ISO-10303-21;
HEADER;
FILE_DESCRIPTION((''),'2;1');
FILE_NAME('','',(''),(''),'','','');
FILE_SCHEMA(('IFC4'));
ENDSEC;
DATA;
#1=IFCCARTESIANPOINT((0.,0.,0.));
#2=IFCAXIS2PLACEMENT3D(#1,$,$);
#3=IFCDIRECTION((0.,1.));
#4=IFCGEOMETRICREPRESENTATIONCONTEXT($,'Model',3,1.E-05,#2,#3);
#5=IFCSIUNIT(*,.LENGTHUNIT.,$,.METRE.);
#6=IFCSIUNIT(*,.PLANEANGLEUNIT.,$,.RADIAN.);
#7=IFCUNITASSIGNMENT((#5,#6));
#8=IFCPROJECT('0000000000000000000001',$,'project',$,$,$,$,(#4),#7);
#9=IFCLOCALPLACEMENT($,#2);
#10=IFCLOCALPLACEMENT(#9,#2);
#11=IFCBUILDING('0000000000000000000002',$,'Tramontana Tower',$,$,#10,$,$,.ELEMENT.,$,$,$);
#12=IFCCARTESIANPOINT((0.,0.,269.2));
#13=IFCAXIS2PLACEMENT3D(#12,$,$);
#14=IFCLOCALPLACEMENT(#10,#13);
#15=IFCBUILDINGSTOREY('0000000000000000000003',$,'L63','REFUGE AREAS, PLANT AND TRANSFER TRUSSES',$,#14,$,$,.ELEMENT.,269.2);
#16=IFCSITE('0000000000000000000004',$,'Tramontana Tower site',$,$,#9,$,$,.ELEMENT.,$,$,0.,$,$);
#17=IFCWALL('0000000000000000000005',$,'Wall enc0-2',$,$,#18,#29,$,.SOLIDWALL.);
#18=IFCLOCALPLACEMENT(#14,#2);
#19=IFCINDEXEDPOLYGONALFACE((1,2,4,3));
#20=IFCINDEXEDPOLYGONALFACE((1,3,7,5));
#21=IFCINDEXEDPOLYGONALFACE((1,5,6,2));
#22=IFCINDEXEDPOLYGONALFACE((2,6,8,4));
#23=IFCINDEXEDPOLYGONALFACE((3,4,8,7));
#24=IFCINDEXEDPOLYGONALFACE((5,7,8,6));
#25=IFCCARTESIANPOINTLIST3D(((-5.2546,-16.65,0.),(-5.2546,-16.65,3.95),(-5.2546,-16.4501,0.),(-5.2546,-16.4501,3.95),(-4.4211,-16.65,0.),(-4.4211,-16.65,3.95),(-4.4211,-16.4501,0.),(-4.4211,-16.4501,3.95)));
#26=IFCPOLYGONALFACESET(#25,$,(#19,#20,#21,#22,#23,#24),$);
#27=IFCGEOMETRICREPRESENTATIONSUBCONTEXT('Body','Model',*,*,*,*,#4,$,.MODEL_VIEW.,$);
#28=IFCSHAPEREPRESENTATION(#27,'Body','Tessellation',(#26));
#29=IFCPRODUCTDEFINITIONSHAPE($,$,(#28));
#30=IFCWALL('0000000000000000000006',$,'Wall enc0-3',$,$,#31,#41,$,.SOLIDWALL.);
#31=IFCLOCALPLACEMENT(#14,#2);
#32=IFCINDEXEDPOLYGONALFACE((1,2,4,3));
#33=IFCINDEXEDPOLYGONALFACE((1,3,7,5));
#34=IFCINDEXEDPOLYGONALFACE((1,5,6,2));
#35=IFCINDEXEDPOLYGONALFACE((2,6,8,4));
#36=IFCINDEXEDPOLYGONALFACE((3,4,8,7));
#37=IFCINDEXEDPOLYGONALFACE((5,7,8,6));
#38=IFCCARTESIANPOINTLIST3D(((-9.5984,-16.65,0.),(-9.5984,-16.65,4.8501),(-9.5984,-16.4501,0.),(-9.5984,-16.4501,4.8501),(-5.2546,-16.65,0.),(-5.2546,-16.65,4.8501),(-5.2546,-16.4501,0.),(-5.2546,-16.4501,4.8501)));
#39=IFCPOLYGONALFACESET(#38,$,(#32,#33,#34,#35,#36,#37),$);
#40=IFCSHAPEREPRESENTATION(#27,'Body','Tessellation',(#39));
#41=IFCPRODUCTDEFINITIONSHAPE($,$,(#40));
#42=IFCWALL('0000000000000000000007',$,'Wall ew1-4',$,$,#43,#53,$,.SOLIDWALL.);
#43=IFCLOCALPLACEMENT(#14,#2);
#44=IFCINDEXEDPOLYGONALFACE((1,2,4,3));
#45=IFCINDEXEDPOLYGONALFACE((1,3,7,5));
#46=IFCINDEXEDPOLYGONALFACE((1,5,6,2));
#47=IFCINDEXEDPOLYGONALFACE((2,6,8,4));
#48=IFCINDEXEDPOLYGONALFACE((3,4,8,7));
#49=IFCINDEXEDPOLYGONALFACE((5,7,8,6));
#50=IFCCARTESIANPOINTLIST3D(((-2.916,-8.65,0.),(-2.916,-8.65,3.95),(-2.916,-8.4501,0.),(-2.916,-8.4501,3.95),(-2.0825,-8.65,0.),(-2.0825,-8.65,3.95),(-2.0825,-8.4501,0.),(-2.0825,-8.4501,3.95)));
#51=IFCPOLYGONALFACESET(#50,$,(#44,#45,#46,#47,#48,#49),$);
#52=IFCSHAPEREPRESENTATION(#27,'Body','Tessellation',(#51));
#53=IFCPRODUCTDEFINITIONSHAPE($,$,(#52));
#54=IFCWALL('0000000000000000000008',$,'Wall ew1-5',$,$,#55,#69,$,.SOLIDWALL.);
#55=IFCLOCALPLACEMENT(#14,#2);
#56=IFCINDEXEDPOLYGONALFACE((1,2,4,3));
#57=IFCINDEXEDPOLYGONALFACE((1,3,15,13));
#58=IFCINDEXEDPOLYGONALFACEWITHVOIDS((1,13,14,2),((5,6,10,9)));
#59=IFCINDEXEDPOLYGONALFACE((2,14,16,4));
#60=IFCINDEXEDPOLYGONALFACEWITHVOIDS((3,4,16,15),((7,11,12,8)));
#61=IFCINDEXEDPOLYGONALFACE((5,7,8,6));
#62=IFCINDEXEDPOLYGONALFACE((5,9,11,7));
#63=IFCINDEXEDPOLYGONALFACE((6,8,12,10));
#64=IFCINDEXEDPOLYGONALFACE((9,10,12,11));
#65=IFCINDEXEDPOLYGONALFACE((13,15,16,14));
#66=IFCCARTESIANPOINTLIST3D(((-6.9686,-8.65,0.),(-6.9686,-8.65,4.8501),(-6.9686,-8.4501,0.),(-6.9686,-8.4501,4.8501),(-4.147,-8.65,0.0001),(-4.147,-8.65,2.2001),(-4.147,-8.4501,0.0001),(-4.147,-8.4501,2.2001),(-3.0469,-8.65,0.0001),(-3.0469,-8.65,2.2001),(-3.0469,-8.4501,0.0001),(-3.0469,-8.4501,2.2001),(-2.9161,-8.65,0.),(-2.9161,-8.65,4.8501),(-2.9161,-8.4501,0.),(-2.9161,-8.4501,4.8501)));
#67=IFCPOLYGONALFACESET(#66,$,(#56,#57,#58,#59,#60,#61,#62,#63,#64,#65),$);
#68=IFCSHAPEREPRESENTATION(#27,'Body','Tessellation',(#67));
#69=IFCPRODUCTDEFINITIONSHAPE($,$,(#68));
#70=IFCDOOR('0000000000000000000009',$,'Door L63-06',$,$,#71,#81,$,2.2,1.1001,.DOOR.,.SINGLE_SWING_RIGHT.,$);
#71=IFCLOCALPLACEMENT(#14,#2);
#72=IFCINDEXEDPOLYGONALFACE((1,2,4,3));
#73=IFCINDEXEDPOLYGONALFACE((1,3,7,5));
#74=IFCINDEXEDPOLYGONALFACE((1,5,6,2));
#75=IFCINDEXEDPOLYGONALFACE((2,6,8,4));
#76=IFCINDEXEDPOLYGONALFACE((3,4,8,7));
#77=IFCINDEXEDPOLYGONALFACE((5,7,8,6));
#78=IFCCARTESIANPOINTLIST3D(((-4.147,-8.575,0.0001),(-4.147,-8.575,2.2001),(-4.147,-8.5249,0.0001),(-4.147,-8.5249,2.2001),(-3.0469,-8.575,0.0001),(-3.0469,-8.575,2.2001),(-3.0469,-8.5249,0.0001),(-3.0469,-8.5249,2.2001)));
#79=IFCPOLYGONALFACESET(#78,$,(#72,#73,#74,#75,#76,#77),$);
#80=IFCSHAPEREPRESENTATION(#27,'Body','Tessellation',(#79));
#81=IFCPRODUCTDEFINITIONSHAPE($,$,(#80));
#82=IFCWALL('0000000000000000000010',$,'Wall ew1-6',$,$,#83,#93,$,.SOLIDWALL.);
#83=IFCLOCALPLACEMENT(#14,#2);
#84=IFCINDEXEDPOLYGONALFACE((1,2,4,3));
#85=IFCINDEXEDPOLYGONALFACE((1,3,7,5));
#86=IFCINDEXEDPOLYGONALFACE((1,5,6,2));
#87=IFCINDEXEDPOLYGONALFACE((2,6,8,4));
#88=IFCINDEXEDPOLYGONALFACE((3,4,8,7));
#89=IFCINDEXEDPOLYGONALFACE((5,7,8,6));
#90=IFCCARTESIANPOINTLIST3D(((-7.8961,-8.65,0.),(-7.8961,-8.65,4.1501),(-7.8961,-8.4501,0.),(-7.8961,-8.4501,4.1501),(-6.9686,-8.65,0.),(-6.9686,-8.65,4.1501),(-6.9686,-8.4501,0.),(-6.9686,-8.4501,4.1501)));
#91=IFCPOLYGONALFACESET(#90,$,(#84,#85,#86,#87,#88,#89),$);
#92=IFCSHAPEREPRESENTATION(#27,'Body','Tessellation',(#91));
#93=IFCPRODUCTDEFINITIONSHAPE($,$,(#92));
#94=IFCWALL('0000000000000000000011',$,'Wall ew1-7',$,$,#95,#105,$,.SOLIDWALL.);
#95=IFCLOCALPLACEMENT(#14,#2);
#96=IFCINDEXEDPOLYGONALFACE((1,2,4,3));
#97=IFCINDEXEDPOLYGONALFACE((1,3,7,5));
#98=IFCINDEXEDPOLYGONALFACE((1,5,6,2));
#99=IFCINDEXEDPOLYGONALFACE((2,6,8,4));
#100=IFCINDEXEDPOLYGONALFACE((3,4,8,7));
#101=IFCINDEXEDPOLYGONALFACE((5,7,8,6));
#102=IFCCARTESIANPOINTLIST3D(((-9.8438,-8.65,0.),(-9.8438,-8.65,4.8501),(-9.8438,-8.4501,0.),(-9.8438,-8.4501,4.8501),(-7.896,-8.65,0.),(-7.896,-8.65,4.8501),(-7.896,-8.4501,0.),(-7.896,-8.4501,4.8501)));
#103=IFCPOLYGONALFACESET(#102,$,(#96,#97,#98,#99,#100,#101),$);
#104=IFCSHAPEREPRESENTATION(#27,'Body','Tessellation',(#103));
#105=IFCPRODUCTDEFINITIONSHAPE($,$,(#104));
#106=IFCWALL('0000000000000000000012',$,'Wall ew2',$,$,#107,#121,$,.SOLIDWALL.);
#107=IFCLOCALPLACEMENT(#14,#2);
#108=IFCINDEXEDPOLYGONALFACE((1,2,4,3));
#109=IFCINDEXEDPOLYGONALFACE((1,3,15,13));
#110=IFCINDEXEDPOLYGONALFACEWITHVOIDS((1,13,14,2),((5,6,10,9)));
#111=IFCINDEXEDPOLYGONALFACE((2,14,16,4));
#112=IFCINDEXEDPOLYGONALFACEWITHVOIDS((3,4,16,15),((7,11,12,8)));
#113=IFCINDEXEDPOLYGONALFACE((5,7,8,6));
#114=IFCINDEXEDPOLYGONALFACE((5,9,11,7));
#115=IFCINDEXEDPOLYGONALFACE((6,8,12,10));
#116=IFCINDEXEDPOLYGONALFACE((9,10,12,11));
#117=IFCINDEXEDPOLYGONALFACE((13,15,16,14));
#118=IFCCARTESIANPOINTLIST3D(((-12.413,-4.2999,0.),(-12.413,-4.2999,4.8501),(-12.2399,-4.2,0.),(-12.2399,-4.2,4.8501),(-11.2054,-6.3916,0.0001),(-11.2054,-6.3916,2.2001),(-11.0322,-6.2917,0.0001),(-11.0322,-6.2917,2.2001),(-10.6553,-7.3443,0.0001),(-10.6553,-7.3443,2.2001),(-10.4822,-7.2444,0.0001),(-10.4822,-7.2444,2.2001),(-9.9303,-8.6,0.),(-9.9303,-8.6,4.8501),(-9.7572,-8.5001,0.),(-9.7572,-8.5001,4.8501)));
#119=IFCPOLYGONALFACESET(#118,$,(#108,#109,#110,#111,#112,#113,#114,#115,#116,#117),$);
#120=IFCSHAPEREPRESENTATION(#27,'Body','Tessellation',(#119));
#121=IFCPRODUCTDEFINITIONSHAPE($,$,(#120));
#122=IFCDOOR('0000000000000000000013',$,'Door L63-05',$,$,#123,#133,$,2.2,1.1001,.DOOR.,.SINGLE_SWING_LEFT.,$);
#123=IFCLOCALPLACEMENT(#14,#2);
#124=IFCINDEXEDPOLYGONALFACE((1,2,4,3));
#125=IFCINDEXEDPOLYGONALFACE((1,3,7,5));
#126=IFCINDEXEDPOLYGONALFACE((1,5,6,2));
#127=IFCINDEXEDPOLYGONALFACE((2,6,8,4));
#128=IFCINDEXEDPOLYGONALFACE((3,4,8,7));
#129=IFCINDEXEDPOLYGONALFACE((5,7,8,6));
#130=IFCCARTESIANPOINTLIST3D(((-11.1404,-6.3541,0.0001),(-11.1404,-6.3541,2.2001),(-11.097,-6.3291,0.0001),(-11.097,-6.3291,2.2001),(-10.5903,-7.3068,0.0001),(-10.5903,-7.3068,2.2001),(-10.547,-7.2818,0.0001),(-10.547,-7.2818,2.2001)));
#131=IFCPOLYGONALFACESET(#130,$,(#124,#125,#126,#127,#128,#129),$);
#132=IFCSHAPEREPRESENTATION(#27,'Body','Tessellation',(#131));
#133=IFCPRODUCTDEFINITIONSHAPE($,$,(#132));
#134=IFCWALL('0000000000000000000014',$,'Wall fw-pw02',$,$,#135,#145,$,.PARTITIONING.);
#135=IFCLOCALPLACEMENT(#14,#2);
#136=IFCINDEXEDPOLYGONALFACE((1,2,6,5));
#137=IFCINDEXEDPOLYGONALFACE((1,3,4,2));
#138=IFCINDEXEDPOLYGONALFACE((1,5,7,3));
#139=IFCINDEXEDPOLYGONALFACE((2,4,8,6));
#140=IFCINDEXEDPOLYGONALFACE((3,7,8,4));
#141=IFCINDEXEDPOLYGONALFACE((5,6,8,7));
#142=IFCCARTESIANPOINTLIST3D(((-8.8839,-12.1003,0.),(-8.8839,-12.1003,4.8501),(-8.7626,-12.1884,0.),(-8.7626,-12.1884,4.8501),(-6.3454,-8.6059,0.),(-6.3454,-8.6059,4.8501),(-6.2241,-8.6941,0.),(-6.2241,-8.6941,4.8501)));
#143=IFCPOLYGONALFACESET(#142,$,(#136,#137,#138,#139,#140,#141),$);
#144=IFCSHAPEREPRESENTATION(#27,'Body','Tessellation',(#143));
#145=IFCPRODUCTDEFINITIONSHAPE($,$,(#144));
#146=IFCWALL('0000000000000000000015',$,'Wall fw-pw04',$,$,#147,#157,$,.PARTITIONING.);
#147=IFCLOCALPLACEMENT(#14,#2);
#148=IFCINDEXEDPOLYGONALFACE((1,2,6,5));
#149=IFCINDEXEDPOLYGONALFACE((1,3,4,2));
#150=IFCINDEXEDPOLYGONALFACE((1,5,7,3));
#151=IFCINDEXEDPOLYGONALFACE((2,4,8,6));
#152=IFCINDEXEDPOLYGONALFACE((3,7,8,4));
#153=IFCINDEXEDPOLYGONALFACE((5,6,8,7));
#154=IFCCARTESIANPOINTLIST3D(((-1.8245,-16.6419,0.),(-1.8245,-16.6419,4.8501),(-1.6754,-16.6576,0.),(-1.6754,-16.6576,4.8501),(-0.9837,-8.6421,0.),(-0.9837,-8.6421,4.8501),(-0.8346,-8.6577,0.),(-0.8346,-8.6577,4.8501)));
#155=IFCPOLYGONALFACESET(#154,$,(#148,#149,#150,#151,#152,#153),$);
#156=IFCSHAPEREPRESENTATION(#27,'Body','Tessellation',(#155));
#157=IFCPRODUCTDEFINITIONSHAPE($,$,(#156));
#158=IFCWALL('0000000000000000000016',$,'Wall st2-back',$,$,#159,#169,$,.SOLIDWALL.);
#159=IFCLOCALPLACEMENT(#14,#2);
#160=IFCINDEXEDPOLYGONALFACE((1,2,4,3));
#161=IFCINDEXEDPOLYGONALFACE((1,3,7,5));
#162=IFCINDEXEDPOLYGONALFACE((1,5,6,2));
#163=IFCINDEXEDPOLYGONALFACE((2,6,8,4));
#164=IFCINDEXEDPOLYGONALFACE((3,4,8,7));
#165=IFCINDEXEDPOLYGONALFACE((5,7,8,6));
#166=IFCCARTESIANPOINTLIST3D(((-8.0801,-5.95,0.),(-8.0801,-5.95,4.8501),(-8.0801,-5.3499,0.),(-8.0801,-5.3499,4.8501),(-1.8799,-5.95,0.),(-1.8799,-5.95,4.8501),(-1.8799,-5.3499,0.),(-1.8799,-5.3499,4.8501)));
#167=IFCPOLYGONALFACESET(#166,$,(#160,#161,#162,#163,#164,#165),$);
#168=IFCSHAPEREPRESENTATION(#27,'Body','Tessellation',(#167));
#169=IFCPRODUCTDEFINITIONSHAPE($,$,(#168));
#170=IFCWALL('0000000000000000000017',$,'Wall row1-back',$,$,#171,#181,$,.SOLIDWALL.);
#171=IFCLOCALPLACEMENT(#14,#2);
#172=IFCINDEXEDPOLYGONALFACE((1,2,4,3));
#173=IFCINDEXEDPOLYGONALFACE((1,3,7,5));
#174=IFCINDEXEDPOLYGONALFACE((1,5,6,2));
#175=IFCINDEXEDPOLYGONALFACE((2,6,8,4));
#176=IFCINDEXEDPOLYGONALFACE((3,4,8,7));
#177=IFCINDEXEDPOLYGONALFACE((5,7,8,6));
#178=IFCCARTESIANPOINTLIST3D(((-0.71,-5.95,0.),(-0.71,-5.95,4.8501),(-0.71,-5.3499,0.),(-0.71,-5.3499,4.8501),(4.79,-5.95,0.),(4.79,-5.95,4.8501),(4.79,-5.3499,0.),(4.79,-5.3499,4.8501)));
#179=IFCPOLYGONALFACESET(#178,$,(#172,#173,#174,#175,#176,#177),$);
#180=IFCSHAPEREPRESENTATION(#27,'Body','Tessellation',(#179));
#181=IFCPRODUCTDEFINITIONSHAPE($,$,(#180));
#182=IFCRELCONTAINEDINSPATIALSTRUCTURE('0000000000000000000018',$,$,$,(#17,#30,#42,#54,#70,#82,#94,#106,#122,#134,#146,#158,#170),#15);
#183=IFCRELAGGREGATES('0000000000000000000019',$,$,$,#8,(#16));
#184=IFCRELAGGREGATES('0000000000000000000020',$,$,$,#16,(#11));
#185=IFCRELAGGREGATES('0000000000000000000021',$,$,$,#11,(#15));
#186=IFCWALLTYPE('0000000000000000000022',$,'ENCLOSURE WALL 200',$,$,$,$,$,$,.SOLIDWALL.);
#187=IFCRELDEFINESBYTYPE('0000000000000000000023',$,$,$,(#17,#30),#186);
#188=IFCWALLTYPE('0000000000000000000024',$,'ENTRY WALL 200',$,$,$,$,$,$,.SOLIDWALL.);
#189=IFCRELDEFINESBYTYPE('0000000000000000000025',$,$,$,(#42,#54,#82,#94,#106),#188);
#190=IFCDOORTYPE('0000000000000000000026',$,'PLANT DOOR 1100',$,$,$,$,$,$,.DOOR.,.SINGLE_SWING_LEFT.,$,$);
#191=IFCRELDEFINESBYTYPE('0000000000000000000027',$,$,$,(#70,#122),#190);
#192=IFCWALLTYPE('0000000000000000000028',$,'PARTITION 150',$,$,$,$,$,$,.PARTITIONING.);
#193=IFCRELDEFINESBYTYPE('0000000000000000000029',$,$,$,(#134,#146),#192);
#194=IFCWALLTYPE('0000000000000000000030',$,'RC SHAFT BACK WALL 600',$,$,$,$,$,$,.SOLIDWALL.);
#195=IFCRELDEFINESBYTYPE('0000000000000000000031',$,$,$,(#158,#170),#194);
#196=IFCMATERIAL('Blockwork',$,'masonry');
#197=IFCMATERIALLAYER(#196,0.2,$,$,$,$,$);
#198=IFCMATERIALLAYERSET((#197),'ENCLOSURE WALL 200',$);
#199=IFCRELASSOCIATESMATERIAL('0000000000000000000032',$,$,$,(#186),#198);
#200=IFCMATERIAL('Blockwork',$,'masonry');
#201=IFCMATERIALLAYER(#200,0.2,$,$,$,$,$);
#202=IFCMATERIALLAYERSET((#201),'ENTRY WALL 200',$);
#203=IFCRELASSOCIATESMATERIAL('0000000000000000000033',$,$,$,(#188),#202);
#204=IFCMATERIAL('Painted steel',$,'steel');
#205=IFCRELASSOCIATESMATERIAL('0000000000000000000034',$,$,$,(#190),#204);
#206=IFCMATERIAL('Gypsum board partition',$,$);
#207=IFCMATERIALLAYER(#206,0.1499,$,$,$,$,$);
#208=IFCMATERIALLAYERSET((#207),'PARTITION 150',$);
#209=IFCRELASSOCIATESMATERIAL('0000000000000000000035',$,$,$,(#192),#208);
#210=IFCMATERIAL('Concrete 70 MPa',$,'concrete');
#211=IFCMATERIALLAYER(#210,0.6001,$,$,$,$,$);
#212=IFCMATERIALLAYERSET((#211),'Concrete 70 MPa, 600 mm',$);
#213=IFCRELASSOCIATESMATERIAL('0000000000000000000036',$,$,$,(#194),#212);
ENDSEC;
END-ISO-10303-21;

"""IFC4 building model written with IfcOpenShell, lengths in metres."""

from ifc_helpers import new_model, si_unit, direction, frame, frame_2d, origin, place, context, subcontext, project, spatial, rectangle, extrude, material, layer, layer_set, type_object, element, fill, save


model = new_model("IFC4")

# Units and contexts
model_context = context("Model", 3, precision=1e-05, world=origin(), true_north=direction((0.0, 1.0)))
body_context = subcontext(model_context, "Body", "Model", "MODEL_VIEW")
ifc_project = project(units=[si_unit("LENGTHUNIT", "METRE"), si_unit("PLANEANGLEUNIT", "RADIAN")], contexts=[model_context])

# Site, building, storey
site_placement = place(None, origin())
site = spatial("IfcSite", under=ifc_project, at=site_placement, Name="Tramontana Tower site", CompositionType="ELEMENT", RefElevation=0.0)
building_placement = place(site_placement, origin())
building = spatial("IfcBuilding", under=site, at=building_placement, Name="Tramontana Tower", CompositionType="ELEMENT")
storey_placement = place(building_placement, frame((0.0, 0.0, 269.2)))
storey = spatial("IfcBuildingStorey", under=building, at=storey_placement, Name="L63", Description="REFUGE AREAS, PLANT AND TRANSFER TRUSSES", CompositionType="ELEMENT", Elevation=269.2)

# Walls
ifc_material_1 = material(Name="Blockwork", Category="masonry")
ifc_layer_1 = layer(ifc_material_1, 0.2)
ifc_layer_set_1 = layer_set([ifc_layer_1], Name="ENCLOSURE WALL 200")
wall_type_1 = type_object("IfcWallType", Name="ENCLOSURE WALL 200", PredefinedType="SOLIDWALL", material=ifc_layer_set_1)
wall_1_placement = place(storey_placement, frame((-4.4211, -16.55, 0.0), z_axis=(0.0, 0.0, 1.0), x_axis=(-1.0, 0.0, 0.0)))
element("IfcWall", 1, at=wall_1_placement, inside=storey, type_object=wall_type_1, Name="Wall enc0-2", PredefinedType="SOLIDWALL", context=body_context, shape_type="SweptSolid", body=[
    extrude(rectangle(XDim=0.8335, YDim=0.2, at=frame_2d((0.4167, 0.0))), origin(), (0.0, 0.0, 1.0), 3.95),
])
wall_2_placement = place(storey_placement, frame((-5.2546, -16.55, 0.0), z_axis=(0.0, 0.0, 1.0), x_axis=(-1.0, 0.0, 0.0)))
element("IfcWall", 2, at=wall_2_placement, inside=storey, type_object=wall_type_1, Name="Wall enc0-3", PredefinedType="SOLIDWALL", context=body_context, shape_type="SweptSolid", body=[
    extrude(rectangle(XDim=4.3438, YDim=0.2, at=frame_2d((2.1719, 0.0))), origin(), (0.0, 0.0, 1.0), 4.8501),
])
ifc_material_2 = material(Name="Blockwork", Category="masonry")
ifc_layer_2 = layer(ifc_material_2, 0.2)
ifc_layer_set_2 = layer_set([ifc_layer_2], Name="ENTRY WALL 200")
wall_type_2 = type_object("IfcWallType", Name="ENTRY WALL 200", PredefinedType="SOLIDWALL", material=ifc_layer_set_2)
wall_3_placement = place(storey_placement, frame((-2.0825, -8.55, 0.0), z_axis=(0.0, 0.0, 1.0), x_axis=(-1.0, 0.0, 0.0)))
element("IfcWall", 3, at=wall_3_placement, inside=storey, type_object=wall_type_2, Name="Wall ew1-4", PredefinedType="SOLIDWALL", context=body_context, shape_type="SweptSolid", body=[
    extrude(rectangle(XDim=0.8335, YDim=0.2, at=frame_2d((0.4167, 0.0))), origin(), (0.0, 0.0, 1.0), 3.95),
])

# Wall, opening, door
wall_4_placement = place(storey_placement, frame((-2.916, -8.55, 0.0), z_axis=(0.0, 0.0, 1.0), x_axis=(-1.0, 0.0, 0.0)))
wall_4 = element("IfcWall", 4, at=wall_4_placement, inside=storey, type_object=wall_type_2, Name="Wall ew1-5", PredefinedType="SOLIDWALL", context=body_context, shape_type="SweptSolid", body=[
    extrude(rectangle(XDim=4.0525, YDim=0.2, at=frame_2d((2.0264, 0.0))), origin(), (0.0, 0.0, 1.0), 4.8501),
])
opening_1_placement = place(wall_4_placement, frame((0.1309, 0.0, 0.0)))
opening_1 = element("IfcOpeningElement", 5, at=opening_1_placement, cuts=wall_4, PredefinedType="OPENING", context=body_context, shape_type="SweptSolid", body=[
    extrude(rectangle(XDim=1.1001, YDim=2.2, at=frame_2d((0.55, 1.1001))), frame((0.0, 0.1099, 0.0), z_axis=(0.0, -1.0, 0.0), x_axis=(1.0, 0.0, 0.0)), (0.0, 0.0, 1.0), 0.22),
])
ifc_material_3 = material(Name="Painted steel", Category="steel")
door_type_1 = type_object("IfcDoorType", Name="PLANT DOOR 1100", OperationType="SINGLE_SWING_LEFT", PredefinedType="DOOR", material=ifc_material_3)
door_1_placement = place(opening_1_placement, origin())
door_1 = element("IfcDoor", 6, at=door_1_placement, inside=storey, type_object=door_type_1, Name="Door L63-06", OperationType="SINGLE_SWING_RIGHT", OverallHeight=2.2, OverallWidth=1.1001, PredefinedType="DOOR", context=body_context, shape_type="SweptSolid", body=[
    extrude(rectangle(XDim=1.1001, YDim=2.2, at=frame_2d((0.55, 1.1001))), frame((0.0, 0.0249, 0.0), z_axis=(0.0, -1.0, 0.0), x_axis=(1.0, 0.0, 0.0)), (0.0, 0.0, 1.0), 0.05),
])
fill(opening_1, door_1)

# Walls
wall_5_placement = place(storey_placement, frame((-6.9685, -8.55, 0.0), z_axis=(0.0, 0.0, 1.0), x_axis=(-1.0, 0.0, 0.0)))
element("IfcWall", 7, at=wall_5_placement, inside=storey, type_object=wall_type_2, Name="Wall ew1-6", PredefinedType="SOLIDWALL", context=body_context, shape_type="SweptSolid", body=[
    extrude(rectangle(XDim=0.9275, YDim=0.2, at=frame_2d((0.4639, 0.0))), origin(), (0.0, 0.0, 1.0), 4.1501),
])
wall_6_placement = place(storey_placement, frame((-7.896, -8.55, 0.0), z_axis=(0.0, 0.0, 1.0), x_axis=(-1.0, 0.0, 0.0)))
element("IfcWall", 8, at=wall_6_placement, inside=storey, type_object=wall_type_2, Name="Wall ew1-7", PredefinedType="SOLIDWALL", context=body_context, shape_type="SweptSolid", body=[
    extrude(rectangle(XDim=1.9478, YDim=0.2, at=frame_2d((0.9739, 0.0))), origin(), (0.0, 0.0, 1.0), 4.8501),
])

# Wall, opening, door
wall_7_placement = place(storey_placement, frame((-9.8438, -8.55, 0.0), z_axis=(0.0, 0.0, 1.0), x_axis=(-0.500005, 0.866023, 0.0)))
wall_7 = element("IfcWall", 9, at=wall_7_placement, inside=storey, type_object=wall_type_2, Name="Wall ew2", PredefinedType="SOLIDWALL", context=body_context, shape_type="SweptSolid", body=[
    extrude(rectangle(XDim=4.9653, YDim=0.2, at=frame_2d((2.4827, 0.0))), origin(), (0.0, 0.0, 1.0), 4.8501),
])
opening_2_placement = place(wall_7_placement, frame((1.45, 0.0, 0.0)))
opening_2 = element("IfcOpeningElement", 10, at=opening_2_placement, cuts=wall_7, PredefinedType="OPENING", context=body_context, shape_type="SweptSolid", body=[
    extrude(rectangle(XDim=1.1001, YDim=2.2, at=frame_2d((0.55, 1.1001))), frame((0.0, 0.1099, 0.0), z_axis=(0.0, -1.0, 0.0), x_axis=(1.0, 0.0, 0.0)), (0.0, 0.0, 1.0), 0.22),
])
door_2_placement = place(opening_2_placement, origin())
door_2 = element("IfcDoor", 11, at=door_2_placement, inside=storey, type_object=door_type_1, Name="Door L63-05", OperationType="SINGLE_SWING_LEFT", OverallHeight=2.2, OverallWidth=1.1001, PredefinedType="DOOR", context=body_context, shape_type="SweptSolid", body=[
    extrude(rectangle(XDim=1.1001, YDim=2.2, at=frame_2d((0.55, 1.1001))), frame((0.0, 0.0249, 0.0), z_axis=(0.0, -1.0, 0.0), x_axis=(1.0, 0.0, 0.0)), (0.0, 0.0, 1.0), 0.05),
])
fill(opening_2, door_2)

# Walls
ifc_material_4 = material(Name="Gypsum board partition")
ifc_layer_3 = layer(ifc_material_4, 0.1499)
ifc_layer_set_3 = layer_set([ifc_layer_3], Name="PARTITION 150")
wall_type_3 = type_object("IfcWallType", Name="PARTITION 150", PredefinedType="PARTITIONING", material=ifc_layer_set_3)
wall_8_placement = place(storey_placement, frame((-6.2847, -8.6499, 0.0), z_axis=(0.0, 0.0, 1.0), x_axis=(-0.587748, -0.809044, 0.0)))
element("IfcWall", 12, at=wall_8_placement, inside=storey, type_object=wall_type_3, Name="Wall fw-pw02", PredefinedType="PARTITIONING", context=body_context, shape_type="SweptSolid", body=[
    extrude(rectangle(XDim=4.3191, YDim=0.1499, at=frame_2d((2.1597, 0.0))), origin(), (0.0, 0.0, 1.0), 4.8501),
])
wall_9_placement = place(storey_placement, frame((-0.9092, -8.6499, 0.0), z_axis=(0.0, 0.0, 1.0), x_axis=(-0.104527, -0.994522, 0.0)))
element("IfcWall", 13, at=wall_9_placement, inside=storey, type_object=wall_type_3, Name="Wall fw-pw04", PredefinedType="PARTITIONING", context=body_context, shape_type="SweptSolid", body=[
    extrude(rectangle(XDim=8.0439, YDim=0.1499, at=frame_2d((4.022, 0.0))), origin(), (0.0, 0.0, 1.0), 4.8501),
])
ifc_material_5 = material(Name="Concrete 70 MPa", Category="concrete")
ifc_layer_4 = layer(ifc_material_5, 0.6001)
ifc_layer_set_4 = layer_set([ifc_layer_4], Name="Concrete 70 MPa, 600 mm")
wall_type_4 = type_object("IfcWallType", Name="RC SHAFT BACK WALL 600", PredefinedType="SOLIDWALL", material=ifc_layer_set_4)
wall_10_placement = place(storey_placement, frame((-8.0801, -5.6499, 0.0), z_axis=(0.0, 0.0, 1.0), x_axis=(1.0, 0.0, 0.0)))
element("IfcWall", 14, at=wall_10_placement, inside=storey, type_object=wall_type_4, Name="Wall st2-back", PredefinedType="SOLIDWALL", context=body_context, shape_type="SweptSolid", body=[
    extrude(rectangle(XDim=6.2002, YDim=0.6001, at=frame_2d((3.1001, 0.0))), origin(), (0.0, 0.0, 1.0), 4.8501),
])
wall_11_placement = place(storey_placement, frame((-0.71, -5.6499, 0.0), z_axis=(0.0, 0.0, 1.0), x_axis=(1.0, 0.0, 0.0)))
element("IfcWall", 15, at=wall_11_placement, inside=storey, type_object=wall_type_4, Name="Wall row1-back", PredefinedType="SOLIDWALL", context=body_context, shape_type="SweptSolid", body=[
    extrude(rectangle(XDim=5.5, YDim=0.6001, at=frame_2d((2.75, 0.0))), origin(), (0.0, 0.0, 1.0), 4.8501),
])

save(model, "model.ifc")
